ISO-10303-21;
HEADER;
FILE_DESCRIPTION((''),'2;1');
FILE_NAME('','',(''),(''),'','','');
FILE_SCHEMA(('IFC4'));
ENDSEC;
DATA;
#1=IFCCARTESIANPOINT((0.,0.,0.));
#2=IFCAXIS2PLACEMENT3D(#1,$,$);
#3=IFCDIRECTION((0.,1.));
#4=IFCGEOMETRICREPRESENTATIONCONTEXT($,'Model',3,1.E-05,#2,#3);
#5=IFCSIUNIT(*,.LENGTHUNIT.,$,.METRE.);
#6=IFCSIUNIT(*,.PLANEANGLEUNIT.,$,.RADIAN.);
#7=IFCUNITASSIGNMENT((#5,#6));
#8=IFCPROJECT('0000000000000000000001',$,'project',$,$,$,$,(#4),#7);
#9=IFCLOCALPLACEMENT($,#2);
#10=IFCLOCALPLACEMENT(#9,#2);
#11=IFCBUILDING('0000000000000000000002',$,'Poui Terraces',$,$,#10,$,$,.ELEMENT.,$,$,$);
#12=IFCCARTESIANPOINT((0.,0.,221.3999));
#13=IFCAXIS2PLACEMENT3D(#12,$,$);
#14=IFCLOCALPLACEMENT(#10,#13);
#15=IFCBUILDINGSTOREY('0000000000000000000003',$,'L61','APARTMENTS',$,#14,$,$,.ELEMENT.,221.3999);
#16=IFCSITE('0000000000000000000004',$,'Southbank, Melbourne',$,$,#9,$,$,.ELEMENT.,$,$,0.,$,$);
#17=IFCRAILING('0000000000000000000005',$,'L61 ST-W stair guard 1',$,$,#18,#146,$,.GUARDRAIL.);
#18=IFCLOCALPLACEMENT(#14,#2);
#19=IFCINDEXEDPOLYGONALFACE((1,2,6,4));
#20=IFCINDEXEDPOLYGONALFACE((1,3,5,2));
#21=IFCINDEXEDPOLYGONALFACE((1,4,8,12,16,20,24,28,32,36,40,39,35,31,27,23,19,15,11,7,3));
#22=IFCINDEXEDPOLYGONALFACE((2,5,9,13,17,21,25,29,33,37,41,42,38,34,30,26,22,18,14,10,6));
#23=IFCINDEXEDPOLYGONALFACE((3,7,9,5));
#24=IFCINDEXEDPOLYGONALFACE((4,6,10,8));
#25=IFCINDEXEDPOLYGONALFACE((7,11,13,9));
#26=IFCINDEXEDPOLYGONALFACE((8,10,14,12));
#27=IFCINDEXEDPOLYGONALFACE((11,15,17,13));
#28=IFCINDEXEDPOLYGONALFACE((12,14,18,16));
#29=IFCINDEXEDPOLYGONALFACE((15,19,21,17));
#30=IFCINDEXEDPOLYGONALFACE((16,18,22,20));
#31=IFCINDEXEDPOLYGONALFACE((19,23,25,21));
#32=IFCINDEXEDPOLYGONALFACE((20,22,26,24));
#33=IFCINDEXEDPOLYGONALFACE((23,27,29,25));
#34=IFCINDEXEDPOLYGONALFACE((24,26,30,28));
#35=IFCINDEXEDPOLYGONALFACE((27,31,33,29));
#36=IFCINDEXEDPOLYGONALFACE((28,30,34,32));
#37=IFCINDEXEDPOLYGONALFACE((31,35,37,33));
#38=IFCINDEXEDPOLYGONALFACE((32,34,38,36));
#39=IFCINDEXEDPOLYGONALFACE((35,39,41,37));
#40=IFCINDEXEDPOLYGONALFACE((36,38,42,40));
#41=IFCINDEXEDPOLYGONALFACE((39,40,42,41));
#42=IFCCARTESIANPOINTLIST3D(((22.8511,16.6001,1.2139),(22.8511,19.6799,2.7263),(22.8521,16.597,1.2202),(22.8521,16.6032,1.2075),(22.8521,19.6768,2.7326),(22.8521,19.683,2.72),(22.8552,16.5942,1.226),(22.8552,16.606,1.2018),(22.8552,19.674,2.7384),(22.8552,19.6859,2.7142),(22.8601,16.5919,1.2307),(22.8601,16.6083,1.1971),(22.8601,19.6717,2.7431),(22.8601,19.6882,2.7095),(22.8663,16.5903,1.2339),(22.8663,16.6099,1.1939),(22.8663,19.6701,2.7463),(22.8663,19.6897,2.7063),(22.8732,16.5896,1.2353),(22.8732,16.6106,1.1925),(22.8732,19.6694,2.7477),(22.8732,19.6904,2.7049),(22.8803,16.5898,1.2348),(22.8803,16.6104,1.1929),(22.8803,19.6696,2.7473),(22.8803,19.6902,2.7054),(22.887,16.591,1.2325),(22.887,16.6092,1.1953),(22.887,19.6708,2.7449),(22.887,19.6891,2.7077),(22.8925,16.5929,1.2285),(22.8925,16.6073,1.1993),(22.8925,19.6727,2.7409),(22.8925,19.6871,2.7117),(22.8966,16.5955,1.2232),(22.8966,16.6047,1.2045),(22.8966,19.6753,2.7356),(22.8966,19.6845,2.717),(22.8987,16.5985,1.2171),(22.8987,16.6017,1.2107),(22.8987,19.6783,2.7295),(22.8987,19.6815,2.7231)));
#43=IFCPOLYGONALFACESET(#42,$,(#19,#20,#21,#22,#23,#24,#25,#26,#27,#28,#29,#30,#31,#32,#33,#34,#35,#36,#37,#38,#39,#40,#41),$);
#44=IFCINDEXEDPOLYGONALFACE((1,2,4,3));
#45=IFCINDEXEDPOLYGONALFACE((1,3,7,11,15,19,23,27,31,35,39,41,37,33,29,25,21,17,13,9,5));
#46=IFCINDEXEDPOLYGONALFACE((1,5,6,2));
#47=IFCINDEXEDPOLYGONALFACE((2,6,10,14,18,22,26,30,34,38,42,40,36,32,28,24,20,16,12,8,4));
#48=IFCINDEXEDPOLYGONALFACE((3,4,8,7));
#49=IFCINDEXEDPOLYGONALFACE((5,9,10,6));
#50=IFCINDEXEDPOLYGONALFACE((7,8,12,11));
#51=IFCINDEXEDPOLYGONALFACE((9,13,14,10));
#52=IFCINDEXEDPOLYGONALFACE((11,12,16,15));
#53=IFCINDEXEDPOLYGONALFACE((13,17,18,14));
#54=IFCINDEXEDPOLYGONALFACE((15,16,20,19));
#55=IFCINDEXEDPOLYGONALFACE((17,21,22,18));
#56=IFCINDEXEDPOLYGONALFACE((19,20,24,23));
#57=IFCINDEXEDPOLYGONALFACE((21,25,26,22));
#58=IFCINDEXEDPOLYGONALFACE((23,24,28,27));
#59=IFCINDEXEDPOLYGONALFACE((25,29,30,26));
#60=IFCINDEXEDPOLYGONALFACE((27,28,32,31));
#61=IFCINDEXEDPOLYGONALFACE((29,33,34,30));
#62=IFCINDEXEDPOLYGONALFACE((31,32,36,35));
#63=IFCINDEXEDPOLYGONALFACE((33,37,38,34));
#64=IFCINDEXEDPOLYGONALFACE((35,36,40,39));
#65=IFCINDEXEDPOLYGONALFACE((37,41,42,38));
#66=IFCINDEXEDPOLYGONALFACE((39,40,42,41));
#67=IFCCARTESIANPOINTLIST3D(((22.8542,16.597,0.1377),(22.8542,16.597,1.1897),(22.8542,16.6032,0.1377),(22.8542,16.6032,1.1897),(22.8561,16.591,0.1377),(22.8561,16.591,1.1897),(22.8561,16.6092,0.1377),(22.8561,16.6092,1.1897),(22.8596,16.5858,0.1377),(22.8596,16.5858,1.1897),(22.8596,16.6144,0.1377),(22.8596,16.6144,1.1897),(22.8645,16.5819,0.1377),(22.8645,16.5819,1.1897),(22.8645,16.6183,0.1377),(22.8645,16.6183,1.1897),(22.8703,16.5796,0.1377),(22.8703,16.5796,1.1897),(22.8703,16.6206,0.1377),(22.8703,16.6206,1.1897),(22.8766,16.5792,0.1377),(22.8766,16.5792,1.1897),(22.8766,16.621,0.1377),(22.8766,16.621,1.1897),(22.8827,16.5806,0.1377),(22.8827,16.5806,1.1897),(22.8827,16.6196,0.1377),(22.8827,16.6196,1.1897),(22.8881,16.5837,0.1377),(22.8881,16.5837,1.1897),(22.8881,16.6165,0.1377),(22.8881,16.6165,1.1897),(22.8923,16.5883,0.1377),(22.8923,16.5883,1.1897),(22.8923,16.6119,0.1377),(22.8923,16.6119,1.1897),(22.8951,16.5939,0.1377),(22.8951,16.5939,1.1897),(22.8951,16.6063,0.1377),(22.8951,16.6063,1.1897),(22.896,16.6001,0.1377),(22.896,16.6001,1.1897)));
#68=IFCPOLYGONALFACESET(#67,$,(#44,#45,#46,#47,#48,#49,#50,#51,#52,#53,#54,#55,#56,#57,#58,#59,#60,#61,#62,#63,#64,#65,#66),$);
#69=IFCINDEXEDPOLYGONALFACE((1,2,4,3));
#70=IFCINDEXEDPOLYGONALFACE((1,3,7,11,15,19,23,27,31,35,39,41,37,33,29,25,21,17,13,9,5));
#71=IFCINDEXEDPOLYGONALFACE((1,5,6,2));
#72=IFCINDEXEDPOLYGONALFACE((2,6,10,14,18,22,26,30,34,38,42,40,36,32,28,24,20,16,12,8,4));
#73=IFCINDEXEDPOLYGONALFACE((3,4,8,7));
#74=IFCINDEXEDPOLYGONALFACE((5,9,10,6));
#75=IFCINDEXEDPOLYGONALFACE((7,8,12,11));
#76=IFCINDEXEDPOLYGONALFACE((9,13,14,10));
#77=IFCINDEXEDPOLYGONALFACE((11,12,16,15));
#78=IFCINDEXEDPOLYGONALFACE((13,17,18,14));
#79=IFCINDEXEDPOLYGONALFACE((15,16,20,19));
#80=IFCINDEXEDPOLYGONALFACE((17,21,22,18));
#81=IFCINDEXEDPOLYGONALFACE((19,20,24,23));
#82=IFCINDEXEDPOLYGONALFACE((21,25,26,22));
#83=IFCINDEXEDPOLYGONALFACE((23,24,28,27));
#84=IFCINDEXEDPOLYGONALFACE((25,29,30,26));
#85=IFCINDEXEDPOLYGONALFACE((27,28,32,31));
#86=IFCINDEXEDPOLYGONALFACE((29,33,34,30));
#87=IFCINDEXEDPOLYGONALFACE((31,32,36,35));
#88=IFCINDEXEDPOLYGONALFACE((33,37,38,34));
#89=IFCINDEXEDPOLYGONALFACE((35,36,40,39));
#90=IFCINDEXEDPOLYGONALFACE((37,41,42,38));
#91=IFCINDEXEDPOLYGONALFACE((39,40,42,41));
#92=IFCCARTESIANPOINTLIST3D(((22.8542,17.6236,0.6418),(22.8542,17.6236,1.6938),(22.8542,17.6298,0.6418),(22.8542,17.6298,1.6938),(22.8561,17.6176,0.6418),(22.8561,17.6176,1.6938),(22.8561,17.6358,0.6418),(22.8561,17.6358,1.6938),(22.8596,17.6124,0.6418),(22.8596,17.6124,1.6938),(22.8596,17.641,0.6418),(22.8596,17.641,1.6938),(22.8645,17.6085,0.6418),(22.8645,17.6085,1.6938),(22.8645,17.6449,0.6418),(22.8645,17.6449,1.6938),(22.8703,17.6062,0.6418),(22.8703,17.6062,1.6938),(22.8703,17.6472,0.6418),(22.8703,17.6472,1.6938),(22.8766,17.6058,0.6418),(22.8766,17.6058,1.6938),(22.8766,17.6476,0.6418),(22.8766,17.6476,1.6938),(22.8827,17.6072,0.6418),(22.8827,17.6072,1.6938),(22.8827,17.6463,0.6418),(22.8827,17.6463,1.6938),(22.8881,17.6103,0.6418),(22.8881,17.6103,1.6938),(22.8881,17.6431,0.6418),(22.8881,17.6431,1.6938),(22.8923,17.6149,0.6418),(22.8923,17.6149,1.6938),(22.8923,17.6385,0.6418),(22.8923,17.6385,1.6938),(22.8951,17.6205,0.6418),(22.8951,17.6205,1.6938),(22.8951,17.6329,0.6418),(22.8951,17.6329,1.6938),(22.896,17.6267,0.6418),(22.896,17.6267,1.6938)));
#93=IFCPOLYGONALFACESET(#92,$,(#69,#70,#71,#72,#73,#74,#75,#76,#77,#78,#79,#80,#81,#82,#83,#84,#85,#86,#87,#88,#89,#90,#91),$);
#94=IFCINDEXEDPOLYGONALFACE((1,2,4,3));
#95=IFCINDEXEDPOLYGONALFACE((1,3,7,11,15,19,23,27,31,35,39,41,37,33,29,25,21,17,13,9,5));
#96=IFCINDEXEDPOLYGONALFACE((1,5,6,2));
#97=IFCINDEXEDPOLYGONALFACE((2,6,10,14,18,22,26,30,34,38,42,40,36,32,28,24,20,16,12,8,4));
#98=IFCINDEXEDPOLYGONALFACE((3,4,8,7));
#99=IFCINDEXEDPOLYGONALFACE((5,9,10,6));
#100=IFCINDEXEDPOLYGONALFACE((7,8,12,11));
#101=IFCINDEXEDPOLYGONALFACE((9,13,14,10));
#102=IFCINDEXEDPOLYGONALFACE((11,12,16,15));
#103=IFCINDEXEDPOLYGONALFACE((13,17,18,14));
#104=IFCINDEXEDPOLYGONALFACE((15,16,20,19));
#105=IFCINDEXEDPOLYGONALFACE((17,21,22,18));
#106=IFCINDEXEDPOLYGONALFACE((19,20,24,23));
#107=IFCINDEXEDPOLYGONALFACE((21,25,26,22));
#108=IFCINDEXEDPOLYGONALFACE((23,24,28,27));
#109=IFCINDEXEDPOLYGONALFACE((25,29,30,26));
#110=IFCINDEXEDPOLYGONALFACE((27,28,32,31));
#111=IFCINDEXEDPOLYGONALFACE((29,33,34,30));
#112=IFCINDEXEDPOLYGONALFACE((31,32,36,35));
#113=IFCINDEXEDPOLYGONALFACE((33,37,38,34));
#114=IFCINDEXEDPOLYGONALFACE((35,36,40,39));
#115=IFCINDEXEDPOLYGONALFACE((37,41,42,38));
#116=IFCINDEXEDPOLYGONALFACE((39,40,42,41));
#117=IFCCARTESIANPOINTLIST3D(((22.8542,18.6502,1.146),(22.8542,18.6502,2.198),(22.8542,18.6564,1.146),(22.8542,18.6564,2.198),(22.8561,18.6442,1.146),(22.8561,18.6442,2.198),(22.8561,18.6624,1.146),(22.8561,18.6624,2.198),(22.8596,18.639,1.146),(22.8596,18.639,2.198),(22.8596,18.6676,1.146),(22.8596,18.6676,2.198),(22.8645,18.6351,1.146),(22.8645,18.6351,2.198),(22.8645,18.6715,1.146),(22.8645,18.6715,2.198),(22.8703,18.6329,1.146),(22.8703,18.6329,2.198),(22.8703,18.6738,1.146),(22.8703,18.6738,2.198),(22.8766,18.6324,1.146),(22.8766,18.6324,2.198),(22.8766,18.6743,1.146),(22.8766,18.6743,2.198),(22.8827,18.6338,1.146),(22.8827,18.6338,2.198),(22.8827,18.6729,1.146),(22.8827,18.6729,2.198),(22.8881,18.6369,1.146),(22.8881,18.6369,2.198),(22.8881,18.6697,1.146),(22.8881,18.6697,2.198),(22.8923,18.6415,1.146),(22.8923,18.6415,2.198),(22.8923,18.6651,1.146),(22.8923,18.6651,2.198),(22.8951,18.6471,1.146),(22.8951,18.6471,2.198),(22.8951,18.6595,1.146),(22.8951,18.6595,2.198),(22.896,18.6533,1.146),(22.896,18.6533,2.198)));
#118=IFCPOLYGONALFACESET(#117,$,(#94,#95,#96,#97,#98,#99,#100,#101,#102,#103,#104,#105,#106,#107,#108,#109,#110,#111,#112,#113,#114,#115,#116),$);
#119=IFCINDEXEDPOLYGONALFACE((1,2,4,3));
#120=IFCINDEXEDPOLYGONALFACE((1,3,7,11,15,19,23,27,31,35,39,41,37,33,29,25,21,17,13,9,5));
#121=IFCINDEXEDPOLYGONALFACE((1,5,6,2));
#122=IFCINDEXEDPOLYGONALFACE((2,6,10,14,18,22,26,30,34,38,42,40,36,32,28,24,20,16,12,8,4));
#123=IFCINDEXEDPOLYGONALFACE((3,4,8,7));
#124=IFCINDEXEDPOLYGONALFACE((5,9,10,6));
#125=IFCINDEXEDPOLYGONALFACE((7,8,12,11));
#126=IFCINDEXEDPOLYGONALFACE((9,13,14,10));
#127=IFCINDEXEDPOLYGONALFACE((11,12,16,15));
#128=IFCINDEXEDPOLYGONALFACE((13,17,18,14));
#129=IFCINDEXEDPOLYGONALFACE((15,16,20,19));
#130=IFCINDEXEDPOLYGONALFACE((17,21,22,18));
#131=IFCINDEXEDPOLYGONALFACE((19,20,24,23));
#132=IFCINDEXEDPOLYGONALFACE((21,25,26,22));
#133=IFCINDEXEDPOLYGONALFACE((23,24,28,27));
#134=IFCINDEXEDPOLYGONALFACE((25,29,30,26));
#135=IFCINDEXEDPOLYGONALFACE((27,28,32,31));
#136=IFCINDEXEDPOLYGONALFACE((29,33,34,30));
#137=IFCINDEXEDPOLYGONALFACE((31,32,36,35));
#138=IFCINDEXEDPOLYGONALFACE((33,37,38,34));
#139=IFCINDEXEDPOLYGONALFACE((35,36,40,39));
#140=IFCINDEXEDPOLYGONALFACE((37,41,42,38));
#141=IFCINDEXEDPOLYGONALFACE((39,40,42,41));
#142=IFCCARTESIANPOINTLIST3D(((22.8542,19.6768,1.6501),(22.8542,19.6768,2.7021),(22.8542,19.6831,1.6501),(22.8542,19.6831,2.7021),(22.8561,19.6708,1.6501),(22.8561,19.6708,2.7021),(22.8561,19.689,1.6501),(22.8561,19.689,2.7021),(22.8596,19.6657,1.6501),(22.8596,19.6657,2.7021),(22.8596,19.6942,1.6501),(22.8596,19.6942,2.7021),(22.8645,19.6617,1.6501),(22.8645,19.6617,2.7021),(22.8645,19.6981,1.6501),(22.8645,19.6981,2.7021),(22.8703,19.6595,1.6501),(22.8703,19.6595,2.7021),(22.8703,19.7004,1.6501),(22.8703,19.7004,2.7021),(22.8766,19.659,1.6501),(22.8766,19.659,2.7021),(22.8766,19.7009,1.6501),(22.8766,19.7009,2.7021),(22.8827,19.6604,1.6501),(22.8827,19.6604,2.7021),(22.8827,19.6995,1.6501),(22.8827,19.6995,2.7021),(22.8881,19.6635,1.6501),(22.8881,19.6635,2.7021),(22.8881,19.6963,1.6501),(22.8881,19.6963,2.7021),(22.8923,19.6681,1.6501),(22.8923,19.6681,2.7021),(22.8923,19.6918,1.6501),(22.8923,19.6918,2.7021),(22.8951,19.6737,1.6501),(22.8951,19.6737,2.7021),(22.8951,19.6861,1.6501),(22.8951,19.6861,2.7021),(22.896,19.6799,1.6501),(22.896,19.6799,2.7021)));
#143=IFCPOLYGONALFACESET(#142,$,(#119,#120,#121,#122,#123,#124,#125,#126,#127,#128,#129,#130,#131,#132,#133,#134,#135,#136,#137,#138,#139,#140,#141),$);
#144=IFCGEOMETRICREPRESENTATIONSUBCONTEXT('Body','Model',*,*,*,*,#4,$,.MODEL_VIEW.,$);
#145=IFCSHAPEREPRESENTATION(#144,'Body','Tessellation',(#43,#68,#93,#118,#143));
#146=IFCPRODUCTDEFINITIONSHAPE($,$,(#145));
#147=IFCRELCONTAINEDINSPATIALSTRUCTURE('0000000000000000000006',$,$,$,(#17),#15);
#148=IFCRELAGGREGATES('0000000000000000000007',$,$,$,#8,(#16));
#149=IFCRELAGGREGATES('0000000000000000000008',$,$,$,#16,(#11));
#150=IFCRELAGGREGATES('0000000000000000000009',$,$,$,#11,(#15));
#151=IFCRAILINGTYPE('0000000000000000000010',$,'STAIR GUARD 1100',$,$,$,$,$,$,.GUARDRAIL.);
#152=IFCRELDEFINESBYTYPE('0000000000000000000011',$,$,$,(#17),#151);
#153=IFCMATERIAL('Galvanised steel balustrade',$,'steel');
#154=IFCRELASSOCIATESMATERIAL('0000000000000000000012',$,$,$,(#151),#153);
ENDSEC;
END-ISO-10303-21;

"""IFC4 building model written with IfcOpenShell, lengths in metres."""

from ifc_helpers import new_model, si_unit, direction, frame, origin, origin_2d, place, context, subcontext, project, spatial, circle, extrude, material, type_object, element, save


model = new_model("IFC4")

# Units and contexts
model_context = context("Model", 3, precision=1e-05, world=origin(), true_north=direction((0.0, 1.0)))
body_context = subcontext(model_context, "Body", "Model", "MODEL_VIEW")
ifc_project = project(units=[si_unit("LENGTHUNIT", "METRE"), si_unit("PLANEANGLEUNIT", "RADIAN")], contexts=[model_context])

# Site, building, storey
site_placement = place(None, origin())
site = spatial("IfcSite", under=ifc_project, at=site_placement, Name="Southbank, Melbourne", CompositionType="ELEMENT", RefElevation=0.0)
building_placement = place(site_placement, origin())
building = spatial("IfcBuilding", under=site, at=building_placement, Name="Poui Terraces", CompositionType="ELEMENT")
storey_placement = place(building_placement, frame((0.0, 0.0, 221.3999)))
storey = spatial("IfcBuildingStorey", under=building, at=storey_placement, Name="L61", Description="APARTMENTS", CompositionType="ELEMENT", Elevation=221.3999)

# Railing
ifc_material_1 = material(Name="Galvanised steel balustrade", Category="steel")
railing_type_1 = type_object("IfcRailingType", Name="STAIR GUARD 1100", PredefinedType="GUARDRAIL", material=ifc_material_1)
railing_1_placement = place(storey_placement, frame((22.875, 16.6001, 0.1377)))
element("IfcRailing", 1, at=railing_1_placement, inside=storey, type_object=railing_type_1, Name="L61 ST-W stair guard 1", PredefinedType="GUARDRAIL", context=body_context, shape_type="SweptSolid", body=[
    extrude(circle(Radius=0.0239, at=origin_2d()), frame((0.0, 0.0, 1.0762), z_axis=(0.0, 0.897606, 0.440798), x_axis=(-1.0, 0.0, 0.0)), (0.0, 0.0, 1.0), 3.4312),
    extrude(circle(Radius=0.021, at=origin_2d()), origin(), (0.0, 0.0, 1.0), 1.052),
    extrude(circle(Radius=0.021, at=origin_2d()), frame((0.0, 1.0266, 0.5042)), (0.0, 0.0, 1.0), 1.052),
    extrude(circle(Radius=0.021, at=origin_2d()), frame((0.0, 2.0532, 1.0083)), (0.0, 0.0, 1.0), 1.052),
    extrude(circle(Radius=0.021, at=origin_2d()), frame((0.0, 3.0798, 1.5125)), (0.0, 0.0, 1.0), 1.052),
])

save(model, "model.ifc")
